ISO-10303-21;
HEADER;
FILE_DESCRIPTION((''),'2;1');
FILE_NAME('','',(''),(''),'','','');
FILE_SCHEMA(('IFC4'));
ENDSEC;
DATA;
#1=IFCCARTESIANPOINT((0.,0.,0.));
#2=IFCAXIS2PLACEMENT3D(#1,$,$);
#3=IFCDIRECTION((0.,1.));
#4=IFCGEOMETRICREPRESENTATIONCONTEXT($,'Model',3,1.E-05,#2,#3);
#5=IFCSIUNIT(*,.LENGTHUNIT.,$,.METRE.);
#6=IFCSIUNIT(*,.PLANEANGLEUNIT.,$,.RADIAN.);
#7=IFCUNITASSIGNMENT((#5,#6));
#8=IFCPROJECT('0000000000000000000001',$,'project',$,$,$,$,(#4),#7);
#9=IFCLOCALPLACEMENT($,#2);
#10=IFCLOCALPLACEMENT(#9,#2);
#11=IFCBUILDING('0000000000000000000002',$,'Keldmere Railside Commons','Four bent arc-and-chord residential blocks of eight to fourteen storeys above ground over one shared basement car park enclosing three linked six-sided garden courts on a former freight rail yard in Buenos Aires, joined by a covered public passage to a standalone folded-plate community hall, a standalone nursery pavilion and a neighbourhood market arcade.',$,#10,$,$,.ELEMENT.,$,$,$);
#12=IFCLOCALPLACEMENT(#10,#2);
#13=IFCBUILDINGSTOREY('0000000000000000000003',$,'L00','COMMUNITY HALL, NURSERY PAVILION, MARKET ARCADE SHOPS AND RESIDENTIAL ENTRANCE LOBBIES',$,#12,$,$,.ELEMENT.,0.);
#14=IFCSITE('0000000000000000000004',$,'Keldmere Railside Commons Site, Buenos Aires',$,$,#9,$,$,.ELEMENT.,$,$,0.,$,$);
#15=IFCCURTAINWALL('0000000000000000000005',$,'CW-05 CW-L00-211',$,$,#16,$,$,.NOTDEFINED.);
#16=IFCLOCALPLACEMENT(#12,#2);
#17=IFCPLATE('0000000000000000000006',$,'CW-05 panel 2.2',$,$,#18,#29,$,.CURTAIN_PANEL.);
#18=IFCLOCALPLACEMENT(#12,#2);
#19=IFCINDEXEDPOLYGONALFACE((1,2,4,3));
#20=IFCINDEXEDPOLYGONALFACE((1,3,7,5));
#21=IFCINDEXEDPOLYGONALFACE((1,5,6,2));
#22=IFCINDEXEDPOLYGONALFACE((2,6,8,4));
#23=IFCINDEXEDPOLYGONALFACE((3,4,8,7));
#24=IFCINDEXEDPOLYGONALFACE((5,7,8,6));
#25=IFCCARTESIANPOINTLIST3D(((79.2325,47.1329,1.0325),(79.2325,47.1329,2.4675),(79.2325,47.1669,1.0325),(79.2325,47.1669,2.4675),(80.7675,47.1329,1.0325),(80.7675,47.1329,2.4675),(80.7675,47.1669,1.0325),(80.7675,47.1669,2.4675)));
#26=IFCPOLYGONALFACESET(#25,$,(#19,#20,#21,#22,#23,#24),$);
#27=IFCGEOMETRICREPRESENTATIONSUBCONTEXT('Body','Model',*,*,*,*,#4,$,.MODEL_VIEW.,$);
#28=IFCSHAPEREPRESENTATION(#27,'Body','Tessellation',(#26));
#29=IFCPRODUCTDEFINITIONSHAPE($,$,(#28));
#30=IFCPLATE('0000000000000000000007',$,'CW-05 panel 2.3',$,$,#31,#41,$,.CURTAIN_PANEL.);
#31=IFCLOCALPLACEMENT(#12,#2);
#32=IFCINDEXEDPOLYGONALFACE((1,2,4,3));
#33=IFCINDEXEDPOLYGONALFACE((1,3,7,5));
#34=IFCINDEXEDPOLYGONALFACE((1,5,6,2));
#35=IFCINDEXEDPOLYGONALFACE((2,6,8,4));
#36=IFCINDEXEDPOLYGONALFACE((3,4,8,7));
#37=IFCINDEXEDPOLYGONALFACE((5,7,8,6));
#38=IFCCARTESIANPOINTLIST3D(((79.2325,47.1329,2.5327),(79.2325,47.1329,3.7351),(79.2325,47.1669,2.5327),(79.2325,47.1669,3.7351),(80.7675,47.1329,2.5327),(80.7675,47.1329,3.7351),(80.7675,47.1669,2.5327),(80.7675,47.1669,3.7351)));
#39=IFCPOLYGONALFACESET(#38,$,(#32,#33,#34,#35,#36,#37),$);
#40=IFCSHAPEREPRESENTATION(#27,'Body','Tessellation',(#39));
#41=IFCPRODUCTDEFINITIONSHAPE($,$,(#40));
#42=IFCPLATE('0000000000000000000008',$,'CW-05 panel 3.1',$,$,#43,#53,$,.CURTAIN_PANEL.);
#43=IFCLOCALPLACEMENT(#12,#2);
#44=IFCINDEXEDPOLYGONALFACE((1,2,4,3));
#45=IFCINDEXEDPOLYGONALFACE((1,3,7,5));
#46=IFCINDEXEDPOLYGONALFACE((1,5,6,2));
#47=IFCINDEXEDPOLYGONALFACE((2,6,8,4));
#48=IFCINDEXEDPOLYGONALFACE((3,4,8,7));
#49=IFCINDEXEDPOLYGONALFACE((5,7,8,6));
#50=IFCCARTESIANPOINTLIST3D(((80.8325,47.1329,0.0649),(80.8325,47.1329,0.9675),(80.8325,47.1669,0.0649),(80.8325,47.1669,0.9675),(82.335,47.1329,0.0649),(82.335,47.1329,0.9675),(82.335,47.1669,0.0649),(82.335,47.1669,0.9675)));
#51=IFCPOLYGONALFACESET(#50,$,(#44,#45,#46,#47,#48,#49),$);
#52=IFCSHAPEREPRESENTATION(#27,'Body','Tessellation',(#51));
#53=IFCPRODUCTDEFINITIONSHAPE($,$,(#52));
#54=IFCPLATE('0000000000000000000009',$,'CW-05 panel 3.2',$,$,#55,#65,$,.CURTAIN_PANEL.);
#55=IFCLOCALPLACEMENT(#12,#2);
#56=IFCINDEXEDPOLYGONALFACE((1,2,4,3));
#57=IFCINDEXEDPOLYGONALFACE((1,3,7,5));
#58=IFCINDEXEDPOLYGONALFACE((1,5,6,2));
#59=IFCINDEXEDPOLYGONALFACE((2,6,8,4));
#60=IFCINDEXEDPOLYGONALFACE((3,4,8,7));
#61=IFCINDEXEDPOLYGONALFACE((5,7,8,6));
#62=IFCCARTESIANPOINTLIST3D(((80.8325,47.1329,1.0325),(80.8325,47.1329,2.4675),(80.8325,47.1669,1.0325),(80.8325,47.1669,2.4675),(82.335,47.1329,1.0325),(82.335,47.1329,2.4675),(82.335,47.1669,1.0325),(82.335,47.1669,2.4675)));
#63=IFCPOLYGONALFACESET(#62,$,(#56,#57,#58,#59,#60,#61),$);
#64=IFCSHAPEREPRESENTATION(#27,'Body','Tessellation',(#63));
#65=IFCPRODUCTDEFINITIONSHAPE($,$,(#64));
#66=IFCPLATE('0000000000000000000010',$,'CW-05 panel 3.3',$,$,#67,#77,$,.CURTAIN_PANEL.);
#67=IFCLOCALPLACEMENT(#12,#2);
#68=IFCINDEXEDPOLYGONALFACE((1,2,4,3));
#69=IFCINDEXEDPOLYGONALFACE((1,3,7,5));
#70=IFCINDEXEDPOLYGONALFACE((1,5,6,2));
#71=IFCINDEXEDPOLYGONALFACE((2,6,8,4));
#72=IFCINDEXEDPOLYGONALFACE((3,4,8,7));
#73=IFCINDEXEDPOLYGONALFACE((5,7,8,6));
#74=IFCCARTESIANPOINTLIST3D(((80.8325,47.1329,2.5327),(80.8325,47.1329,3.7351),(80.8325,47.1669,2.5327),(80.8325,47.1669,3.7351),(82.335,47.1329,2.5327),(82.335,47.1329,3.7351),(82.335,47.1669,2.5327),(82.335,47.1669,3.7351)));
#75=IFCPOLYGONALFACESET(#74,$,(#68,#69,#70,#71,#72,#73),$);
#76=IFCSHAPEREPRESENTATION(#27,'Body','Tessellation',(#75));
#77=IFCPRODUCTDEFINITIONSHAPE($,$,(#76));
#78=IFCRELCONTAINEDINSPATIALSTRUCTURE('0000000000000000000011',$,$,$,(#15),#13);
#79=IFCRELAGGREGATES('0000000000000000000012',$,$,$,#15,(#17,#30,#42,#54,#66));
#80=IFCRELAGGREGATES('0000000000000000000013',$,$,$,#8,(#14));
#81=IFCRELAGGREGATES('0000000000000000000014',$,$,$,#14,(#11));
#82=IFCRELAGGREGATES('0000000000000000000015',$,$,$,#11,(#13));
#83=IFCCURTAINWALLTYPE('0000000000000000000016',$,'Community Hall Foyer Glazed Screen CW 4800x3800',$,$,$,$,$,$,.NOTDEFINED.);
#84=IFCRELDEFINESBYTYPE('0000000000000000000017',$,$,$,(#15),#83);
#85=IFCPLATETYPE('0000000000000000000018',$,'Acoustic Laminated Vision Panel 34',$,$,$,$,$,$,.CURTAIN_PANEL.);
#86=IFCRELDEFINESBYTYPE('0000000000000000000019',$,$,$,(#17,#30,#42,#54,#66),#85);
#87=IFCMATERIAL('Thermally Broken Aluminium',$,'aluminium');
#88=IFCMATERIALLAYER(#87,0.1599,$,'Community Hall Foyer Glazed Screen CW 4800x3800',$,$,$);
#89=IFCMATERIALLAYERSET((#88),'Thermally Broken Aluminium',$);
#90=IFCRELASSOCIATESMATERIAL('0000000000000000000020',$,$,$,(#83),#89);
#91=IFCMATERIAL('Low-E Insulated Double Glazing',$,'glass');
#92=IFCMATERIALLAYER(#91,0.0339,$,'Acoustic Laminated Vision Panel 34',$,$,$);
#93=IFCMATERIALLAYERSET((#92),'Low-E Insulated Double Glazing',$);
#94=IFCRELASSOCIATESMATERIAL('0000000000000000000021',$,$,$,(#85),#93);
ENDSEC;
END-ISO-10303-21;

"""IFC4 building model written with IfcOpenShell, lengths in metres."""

from ifc_helpers import new_model, si_unit, direction, frame, origin, origin_2d, place, context, subcontext, project, spatial, rectangle, extrude, material, layer, layer_set, type_object, element, aggregate, save


model = new_model("IFC4")

# Units and contexts
model_context = context("Model", 3, precision=1e-05, world=origin(), true_north=direction((0.0, 1.0)))
body_context = subcontext(model_context, "Body", "Model", "MODEL_VIEW")
ifc_project = project(units=[si_unit("LENGTHUNIT", "METRE"), si_unit("PLANEANGLEUNIT", "RADIAN")], contexts=[model_context])

# Site, building, storey
site_placement = place(None, origin())
site = spatial("IfcSite", under=ifc_project, at=site_placement, Name="Keldmere Railside Commons Site, Buenos Aires", CompositionType="ELEMENT", RefElevation=0.0)
building_placement = place(site_placement, origin())
building = spatial("IfcBuilding", under=site, at=building_placement, Name="Keldmere Railside Commons", Description="Four bent arc-and-chord residential blocks of eight to fourteen storeys above ground over one shared basement car park enclosing three linked six-sided garden courts on a former freight rail yard in Buenos Aires, joined by a covered public passage to a standalone folded-plate community hall, a standalone nursery pavilion and a neighbourhood market arcade.", CompositionType="ELEMENT")
storey_placement = place(building_placement, origin())
storey = spatial("IfcBuildingStorey", under=building, at=storey_placement, Name="L00", Description="COMMUNITY HALL, NURSERY PAVILION, MARKET ARCADE SHOPS AND RESIDENTIAL ENTRANCE LOBBIES", CompositionType="ELEMENT", Elevation=0.0)

# Curtain wall, plates
ifc_material_1 = material(Name="Thermally Broken Aluminium", Category="aluminium")
ifc_layer_1 = layer(ifc_material_1, 0.1599, Name="Community Hall Foyer Glazed Screen CW 4800x3800")
ifc_layer_set_1 = layer_set([ifc_layer_1], Name="Thermally Broken Aluminium")
curtain_wall_type = type_object("IfcCurtainWallType", Name="Community Hall Foyer Glazed Screen CW 4800x3800", PredefinedType="NOTDEFINED", material=ifc_layer_set_1)
curtain_wall_placement = place(storey_placement, origin())
curtain_wall = element("IfcCurtainWall", 1, at=curtain_wall_placement, inside=storey, type_object=curtain_wall_type, Name="CW-05 CW-L00-211", PredefinedType="NOTDEFINED")
ifc_material_2 = material(Name="Low-E Insulated Double Glazing", Category="glass")
ifc_layer_2 = layer(ifc_material_2, 0.0339, Name="Acoustic Laminated Vision Panel 34")
ifc_layer_set_2 = layer_set([ifc_layer_2], Name="Low-E Insulated Double Glazing")
plate_type = type_object("IfcPlateType", Name="Acoustic Laminated Vision Panel 34", PredefinedType="CURTAIN_PANEL", material=ifc_layer_set_2)
plate_1_placement = place(storey_placement, frame((80.0, 47.1499, 1.0325), z_axis=(0.0, 0.0, 1.0), x_axis=(1.0, 0.0, 0.0)))
plate_1 = element("IfcPlate", 2, at=plate_1_placement, type_object=plate_type, Name="CW-05 panel 2.2", PredefinedType="CURTAIN_PANEL", context=body_context, shape_type="SweptSolid", body=[
    extrude(rectangle(XDim=1.5349, YDim=0.0339, at=origin_2d()), origin(), (0.0, 0.0, 1.0), 1.4351),
])
plate_2_placement = place(storey_placement, frame((80.0, 47.1499, 2.5327), z_axis=(0.0, 0.0, 1.0), x_axis=(1.0, 0.0, 0.0)))
plate_2 = element("IfcPlate", 3, at=plate_2_placement, type_object=plate_type, Name="CW-05 panel 2.3", PredefinedType="CURTAIN_PANEL", context=body_context, shape_type="SweptSolid", body=[
    extrude(rectangle(XDim=1.5349, YDim=0.0339, at=origin_2d()), origin(), (0.0, 0.0, 1.0), 1.2024),
])
plate_3_placement = place(storey_placement, frame((81.5837, 47.1499, 0.0649), z_axis=(0.0, 0.0, 1.0), x_axis=(1.0, 0.0, 0.0)))
plate_3 = element("IfcPlate", 4, at=plate_3_placement, type_object=plate_type, Name="CW-05 panel 3.1", PredefinedType="CURTAIN_PANEL", context=body_context, shape_type="SweptSolid", body=[
    extrude(rectangle(XDim=1.5024, YDim=0.0339, at=origin_2d()), origin(), (0.0, 0.0, 1.0), 0.9026),
])
plate_4_placement = place(storey_placement, frame((81.5837, 47.1499, 1.0325), z_axis=(0.0, 0.0, 1.0), x_axis=(1.0, 0.0, 0.0)))
plate_4 = element("IfcPlate", 5, at=plate_4_placement, type_object=plate_type, Name="CW-05 panel 3.2", PredefinedType="CURTAIN_PANEL", context=body_context, shape_type="SweptSolid", body=[
    extrude(rectangle(XDim=1.5024, YDim=0.0339, at=origin_2d()), origin(), (0.0, 0.0, 1.0), 1.4351),
])
plate_5_placement = place(storey_placement, frame((81.5837, 47.1499, 2.5327), z_axis=(0.0, 0.0, 1.0), x_axis=(1.0, 0.0, 0.0)))
plate_5 = element("IfcPlate", 6, at=plate_5_placement, type_object=plate_type, Name="CW-05 panel 3.3", PredefinedType="CURTAIN_PANEL", context=body_context, shape_type="SweptSolid", body=[
    extrude(rectangle(XDim=1.5024, YDim=0.0339, at=origin_2d()), origin(), (0.0, 0.0, 1.0), 1.2024),
])
aggregate(curtain_wall, [plate_1, plate_2, plate_3, plate_4, plate_5])

save(model, "model.ifc")
